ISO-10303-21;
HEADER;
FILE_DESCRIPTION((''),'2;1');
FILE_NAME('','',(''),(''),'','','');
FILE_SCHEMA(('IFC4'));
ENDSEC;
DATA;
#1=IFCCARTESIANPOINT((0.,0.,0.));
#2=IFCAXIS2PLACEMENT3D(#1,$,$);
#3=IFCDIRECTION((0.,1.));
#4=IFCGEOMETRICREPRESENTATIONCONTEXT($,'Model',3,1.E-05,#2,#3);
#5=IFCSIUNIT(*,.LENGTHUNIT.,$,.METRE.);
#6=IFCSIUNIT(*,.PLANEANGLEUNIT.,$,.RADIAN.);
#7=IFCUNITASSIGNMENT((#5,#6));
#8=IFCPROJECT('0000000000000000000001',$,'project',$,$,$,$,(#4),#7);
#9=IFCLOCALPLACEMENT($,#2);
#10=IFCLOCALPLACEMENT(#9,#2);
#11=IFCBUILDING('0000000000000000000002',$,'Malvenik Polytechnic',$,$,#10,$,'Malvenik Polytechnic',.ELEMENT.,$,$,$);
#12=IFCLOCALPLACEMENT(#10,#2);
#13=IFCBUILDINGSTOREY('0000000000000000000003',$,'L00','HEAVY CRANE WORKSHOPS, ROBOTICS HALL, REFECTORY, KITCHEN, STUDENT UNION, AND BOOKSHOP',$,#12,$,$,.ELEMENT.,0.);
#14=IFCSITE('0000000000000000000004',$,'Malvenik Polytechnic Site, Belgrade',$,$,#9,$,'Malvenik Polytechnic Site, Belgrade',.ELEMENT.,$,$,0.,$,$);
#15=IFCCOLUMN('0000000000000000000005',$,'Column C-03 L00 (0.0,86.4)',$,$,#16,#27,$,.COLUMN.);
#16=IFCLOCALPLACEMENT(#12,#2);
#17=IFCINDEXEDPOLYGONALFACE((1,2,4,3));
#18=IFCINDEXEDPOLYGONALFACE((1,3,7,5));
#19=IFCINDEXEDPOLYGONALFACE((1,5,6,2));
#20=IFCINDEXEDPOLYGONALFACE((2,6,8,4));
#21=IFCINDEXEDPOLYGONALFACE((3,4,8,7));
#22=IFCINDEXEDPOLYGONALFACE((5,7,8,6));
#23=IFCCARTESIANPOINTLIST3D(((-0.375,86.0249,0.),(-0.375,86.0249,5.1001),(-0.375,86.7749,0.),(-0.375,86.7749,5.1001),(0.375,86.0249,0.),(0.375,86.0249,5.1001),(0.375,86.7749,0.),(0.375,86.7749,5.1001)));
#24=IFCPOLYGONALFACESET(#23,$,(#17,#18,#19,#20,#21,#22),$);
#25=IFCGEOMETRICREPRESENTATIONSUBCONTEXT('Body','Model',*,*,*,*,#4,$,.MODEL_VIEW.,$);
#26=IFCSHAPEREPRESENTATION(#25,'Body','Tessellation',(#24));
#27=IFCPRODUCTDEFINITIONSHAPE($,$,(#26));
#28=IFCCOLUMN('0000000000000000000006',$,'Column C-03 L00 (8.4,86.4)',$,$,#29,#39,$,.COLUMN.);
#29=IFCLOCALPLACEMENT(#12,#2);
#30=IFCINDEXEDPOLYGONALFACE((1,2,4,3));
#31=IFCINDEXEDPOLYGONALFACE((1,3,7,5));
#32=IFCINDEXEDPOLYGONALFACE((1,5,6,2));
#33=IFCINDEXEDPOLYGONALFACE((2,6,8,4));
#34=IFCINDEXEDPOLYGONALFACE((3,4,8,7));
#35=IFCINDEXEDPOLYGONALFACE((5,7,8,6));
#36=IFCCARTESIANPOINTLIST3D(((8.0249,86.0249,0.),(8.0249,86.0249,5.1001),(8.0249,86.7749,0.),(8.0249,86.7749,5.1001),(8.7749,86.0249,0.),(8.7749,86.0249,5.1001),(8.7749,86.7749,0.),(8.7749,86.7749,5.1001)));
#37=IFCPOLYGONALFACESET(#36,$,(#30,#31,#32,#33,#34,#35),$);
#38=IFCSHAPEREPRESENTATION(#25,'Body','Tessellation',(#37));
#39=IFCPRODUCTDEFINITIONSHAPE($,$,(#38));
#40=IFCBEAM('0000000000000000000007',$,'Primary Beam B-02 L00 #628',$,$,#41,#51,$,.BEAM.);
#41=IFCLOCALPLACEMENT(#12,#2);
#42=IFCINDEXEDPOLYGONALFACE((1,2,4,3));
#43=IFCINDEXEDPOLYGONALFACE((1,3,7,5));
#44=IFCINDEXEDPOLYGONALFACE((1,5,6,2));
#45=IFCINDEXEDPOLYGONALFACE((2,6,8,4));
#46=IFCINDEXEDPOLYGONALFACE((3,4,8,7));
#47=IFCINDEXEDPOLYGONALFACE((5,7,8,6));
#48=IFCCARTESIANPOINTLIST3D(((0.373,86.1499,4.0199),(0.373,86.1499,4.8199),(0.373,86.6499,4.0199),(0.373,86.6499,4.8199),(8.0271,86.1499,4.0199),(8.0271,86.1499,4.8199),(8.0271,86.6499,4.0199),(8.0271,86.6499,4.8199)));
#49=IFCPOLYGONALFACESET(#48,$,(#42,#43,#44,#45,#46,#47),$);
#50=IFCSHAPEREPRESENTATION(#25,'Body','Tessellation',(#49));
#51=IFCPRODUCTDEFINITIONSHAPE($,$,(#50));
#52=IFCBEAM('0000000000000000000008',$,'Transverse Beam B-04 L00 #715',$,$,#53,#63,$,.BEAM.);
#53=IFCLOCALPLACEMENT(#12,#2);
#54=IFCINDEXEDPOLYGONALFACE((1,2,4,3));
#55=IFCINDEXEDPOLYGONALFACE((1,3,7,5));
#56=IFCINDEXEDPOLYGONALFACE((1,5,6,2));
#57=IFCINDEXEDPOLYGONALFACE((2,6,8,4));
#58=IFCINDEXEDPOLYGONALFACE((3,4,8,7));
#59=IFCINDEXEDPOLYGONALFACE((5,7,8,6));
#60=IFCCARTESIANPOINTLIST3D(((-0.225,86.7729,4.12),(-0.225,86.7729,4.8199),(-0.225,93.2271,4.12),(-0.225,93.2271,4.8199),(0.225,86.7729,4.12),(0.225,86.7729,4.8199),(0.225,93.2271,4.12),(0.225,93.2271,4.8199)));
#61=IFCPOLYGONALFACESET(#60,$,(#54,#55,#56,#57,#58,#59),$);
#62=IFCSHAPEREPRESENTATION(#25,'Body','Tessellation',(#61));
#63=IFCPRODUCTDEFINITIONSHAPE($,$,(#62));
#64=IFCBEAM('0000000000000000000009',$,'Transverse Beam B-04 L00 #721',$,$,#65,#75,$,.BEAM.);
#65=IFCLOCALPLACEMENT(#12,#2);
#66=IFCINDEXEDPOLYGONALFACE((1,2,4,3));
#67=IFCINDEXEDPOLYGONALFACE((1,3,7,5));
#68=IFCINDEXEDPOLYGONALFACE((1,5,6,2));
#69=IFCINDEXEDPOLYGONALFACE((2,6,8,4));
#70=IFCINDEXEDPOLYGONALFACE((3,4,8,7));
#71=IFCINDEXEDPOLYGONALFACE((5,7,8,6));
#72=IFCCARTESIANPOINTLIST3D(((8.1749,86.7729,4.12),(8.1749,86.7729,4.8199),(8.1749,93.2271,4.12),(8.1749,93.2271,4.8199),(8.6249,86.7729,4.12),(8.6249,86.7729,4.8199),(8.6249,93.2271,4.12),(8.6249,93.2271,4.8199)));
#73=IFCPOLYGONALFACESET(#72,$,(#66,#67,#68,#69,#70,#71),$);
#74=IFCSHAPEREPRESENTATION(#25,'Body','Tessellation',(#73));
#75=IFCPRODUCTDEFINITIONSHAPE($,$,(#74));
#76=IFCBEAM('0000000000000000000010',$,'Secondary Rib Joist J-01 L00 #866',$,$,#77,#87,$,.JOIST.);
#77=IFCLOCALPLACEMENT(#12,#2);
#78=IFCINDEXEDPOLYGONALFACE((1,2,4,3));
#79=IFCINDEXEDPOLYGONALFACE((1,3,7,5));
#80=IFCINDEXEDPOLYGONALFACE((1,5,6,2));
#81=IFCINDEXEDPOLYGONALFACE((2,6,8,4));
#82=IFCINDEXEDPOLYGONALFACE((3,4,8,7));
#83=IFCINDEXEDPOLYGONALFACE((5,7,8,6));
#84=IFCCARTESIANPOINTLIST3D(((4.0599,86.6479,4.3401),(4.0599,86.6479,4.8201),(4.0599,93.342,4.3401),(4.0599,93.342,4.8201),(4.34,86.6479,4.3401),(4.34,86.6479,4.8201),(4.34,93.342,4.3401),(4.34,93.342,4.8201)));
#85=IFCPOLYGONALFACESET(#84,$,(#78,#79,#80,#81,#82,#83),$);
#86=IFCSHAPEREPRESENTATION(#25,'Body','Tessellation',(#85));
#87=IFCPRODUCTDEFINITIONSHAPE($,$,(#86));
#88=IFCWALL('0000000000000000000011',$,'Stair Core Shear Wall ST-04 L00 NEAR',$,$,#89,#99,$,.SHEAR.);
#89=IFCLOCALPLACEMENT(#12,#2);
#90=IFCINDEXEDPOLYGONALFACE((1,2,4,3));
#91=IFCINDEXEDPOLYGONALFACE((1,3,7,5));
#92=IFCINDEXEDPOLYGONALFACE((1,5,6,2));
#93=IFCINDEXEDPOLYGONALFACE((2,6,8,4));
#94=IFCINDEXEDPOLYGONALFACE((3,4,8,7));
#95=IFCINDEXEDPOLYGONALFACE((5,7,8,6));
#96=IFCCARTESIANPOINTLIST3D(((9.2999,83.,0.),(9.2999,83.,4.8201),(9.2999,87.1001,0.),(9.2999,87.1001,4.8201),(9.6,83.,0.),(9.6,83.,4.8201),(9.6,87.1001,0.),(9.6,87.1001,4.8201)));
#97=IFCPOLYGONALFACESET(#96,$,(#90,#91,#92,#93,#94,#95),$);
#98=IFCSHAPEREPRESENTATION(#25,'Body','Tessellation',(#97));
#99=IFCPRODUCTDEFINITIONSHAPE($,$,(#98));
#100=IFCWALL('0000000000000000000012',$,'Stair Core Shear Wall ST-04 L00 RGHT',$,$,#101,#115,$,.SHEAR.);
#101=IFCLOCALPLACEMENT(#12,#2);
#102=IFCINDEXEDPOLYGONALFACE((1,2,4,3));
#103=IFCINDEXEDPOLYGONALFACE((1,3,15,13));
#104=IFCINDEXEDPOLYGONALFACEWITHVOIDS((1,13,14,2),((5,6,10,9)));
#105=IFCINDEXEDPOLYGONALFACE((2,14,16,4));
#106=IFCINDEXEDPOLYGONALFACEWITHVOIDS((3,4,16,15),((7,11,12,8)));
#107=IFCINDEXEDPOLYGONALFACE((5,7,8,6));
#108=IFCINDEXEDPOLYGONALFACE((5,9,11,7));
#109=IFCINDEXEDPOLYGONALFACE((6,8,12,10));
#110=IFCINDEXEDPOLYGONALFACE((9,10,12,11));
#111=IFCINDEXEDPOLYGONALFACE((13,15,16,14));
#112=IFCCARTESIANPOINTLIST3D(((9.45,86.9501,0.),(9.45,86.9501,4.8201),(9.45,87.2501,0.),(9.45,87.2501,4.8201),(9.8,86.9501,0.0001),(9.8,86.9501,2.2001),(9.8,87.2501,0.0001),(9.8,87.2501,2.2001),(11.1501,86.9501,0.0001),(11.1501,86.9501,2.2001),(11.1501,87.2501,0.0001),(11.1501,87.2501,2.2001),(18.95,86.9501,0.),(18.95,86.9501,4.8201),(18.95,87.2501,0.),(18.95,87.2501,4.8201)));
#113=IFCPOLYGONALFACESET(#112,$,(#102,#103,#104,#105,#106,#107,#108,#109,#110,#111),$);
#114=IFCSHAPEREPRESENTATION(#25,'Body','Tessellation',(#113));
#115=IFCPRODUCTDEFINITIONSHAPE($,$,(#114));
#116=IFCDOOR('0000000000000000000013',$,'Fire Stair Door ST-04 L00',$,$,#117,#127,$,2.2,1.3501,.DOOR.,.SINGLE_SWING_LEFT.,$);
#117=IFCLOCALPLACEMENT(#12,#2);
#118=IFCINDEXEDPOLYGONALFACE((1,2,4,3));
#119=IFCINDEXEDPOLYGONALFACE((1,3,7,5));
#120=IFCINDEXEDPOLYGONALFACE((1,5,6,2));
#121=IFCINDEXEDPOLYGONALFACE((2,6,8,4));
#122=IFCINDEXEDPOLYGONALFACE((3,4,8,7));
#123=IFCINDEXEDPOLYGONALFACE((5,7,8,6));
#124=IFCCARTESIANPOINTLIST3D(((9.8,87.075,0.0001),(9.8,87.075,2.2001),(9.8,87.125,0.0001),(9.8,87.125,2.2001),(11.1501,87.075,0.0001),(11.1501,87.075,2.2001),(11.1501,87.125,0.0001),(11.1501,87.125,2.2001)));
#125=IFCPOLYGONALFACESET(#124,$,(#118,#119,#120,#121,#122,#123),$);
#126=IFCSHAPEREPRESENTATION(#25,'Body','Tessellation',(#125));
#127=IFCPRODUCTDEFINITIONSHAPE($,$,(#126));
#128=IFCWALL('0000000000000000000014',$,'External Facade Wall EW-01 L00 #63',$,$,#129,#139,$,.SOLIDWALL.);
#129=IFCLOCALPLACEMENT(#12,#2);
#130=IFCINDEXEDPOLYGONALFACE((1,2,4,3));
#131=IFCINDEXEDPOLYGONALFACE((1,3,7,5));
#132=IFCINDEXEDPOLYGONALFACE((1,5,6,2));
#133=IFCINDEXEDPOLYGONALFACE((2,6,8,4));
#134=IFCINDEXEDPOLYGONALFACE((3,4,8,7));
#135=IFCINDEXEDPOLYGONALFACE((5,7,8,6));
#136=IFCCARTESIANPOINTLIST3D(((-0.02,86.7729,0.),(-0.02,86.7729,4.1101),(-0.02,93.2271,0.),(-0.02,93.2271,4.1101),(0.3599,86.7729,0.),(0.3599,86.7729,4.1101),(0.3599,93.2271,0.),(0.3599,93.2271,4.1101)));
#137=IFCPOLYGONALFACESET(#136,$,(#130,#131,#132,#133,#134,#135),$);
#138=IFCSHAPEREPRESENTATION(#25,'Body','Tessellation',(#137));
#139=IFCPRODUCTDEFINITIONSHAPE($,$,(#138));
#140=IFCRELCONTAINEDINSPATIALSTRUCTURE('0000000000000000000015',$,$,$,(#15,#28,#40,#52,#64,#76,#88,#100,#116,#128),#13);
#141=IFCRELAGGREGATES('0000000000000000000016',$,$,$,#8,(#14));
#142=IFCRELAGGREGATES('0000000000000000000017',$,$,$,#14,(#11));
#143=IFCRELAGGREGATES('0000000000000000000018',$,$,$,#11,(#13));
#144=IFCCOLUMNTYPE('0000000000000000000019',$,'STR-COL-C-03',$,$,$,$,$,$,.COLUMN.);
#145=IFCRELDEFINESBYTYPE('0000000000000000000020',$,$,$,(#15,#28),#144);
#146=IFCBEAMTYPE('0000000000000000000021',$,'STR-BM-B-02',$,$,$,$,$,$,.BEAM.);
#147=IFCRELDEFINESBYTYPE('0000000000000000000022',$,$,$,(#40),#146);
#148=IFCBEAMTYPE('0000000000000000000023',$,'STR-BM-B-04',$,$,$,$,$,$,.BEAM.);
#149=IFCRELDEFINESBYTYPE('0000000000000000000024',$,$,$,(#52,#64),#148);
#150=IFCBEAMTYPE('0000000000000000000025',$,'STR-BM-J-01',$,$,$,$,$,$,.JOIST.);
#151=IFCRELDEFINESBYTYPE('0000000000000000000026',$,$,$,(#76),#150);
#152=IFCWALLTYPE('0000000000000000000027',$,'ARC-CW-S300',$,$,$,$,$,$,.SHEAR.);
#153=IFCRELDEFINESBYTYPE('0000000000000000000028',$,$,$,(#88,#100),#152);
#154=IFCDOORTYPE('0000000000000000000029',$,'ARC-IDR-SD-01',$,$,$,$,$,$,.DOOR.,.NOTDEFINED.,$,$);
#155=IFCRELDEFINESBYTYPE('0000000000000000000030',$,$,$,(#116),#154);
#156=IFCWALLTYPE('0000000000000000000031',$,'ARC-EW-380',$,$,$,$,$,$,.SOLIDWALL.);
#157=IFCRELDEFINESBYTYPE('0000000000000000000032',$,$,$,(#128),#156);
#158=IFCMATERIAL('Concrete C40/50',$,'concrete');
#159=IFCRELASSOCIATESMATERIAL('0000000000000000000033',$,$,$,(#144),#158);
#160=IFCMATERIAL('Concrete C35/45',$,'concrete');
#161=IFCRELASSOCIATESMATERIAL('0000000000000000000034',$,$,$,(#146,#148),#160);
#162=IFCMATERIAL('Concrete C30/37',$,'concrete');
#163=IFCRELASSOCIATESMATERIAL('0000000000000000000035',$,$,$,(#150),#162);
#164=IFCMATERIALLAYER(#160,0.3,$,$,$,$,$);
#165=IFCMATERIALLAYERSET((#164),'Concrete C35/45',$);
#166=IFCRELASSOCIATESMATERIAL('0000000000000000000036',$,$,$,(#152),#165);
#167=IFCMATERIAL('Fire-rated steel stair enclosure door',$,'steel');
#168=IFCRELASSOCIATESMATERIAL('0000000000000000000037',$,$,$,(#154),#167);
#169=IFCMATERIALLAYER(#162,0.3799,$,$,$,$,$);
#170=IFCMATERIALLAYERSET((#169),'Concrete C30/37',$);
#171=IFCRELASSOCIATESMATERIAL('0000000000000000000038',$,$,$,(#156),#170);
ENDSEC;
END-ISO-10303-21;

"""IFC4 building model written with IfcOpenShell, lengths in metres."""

from ifc_helpers import new_model, si_unit, direction, frame, frame_2d, origin, origin_2d, place, context, subcontext, project, spatial, rectangle, extrude, material, layer, layer_set, material_profile, profile_set, type_object, element, fill, save


model = new_model("IFC4")

# Units and contexts
model_context = context("Model", 3, precision=1e-05, world=origin(), true_north=direction((0.0, 1.0)))
body_context = subcontext(model_context, "Body", "Model", "MODEL_VIEW")
ifc_project = project(units=[si_unit("LENGTHUNIT", "METRE"), si_unit("PLANEANGLEUNIT", "RADIAN")], contexts=[model_context])

# Site, building, storey
site_placement = place(None, origin())
site = spatial("IfcSite", under=ifc_project, at=site_placement, Name="Malvenik Polytechnic Site, Belgrade", LongName="Malvenik Polytechnic Site, Belgrade", CompositionType="ELEMENT", RefElevation=0.0)
building_placement = place(site_placement, origin())
building = spatial("IfcBuilding", under=site, at=building_placement, Name="Malvenik Polytechnic", LongName="Malvenik Polytechnic", CompositionType="ELEMENT")
storey_placement = place(building_placement, origin())
storey = spatial("IfcBuildingStorey", under=building, at=storey_placement, Name="L00", Description="HEAVY CRANE WORKSHOPS, ROBOTICS HALL, REFECTORY, KITCHEN, STUDENT UNION, AND BOOKSHOP", CompositionType="ELEMENT", Elevation=0.0)

# Columns
ifc_material_1 = material(Name="Concrete C40/50", Category="concrete")
ifc_material_profile_1 = material_profile(ifc_material_1, rectangle(XDim=0.75, YDim=0.75, at=origin_2d()), Name="RC COL 750x750")
ifc_profile_set_1 = profile_set([ifc_material_profile_1], Name="Concrete C40/50")
column_type = type_object("IfcColumnType", Name="STR-COL-C-03", PredefinedType="COLUMN", material=ifc_profile_set_1)
for number, where, z_axis, x_axis, name in (
    (1, (0.0, 86.3999, 0.0), (0.0, 0.0, 1.0), (1.0, 0.0, 0.0), "Column C-03 L00 (0.0,86.4)"),
    (2, (8.3999, 86.3999, 0.0), (0.0, 0.0, 1.0), (1.0, 0.0, 0.0), "Column C-03 L00 (8.4,86.4)"),
):
    element("IfcColumn", number, at=place(storey_placement, frame(where, z_axis=z_axis, x_axis=x_axis)), inside=storey, type_object=column_type, Name=name, PredefinedType="COLUMN", context=body_context, shape_type="SweptSolid", body=[
        extrude(rectangle(XDim=0.75, YDim=0.75, at=origin_2d()), origin(), (0.0, 0.0, 1.0), 5.1001),
    ])

# Beams
ifc_material_2 = material(Name="Concrete C35/45", Category="concrete")
ifc_material_profile_2 = material_profile(ifc_material_2, rectangle(XDim=0.5, YDim=0.8, at=origin_2d()), Name="RC BM 500x800")
ifc_profile_set_2 = profile_set([ifc_material_profile_2], Name="Concrete C35/45")
beam_type_1 = type_object("IfcBeamType", Name="STR-BM-B-02", PredefinedType="BEAM", material=ifc_profile_set_2)
beam_1_placement = place(storey_placement, frame((0.373, 86.3999, 4.4199), z_axis=(1.0, 0.0, 0.0), x_axis=(0.0, 1.0, 0.0)))
element("IfcBeam", 3, at=beam_1_placement, inside=storey, type_object=beam_type_1, Name="Primary Beam B-02 L00 #628", PredefinedType="BEAM", context=body_context, shape_type="SweptSolid", body=[
    extrude(rectangle(XDim=0.5, YDim=0.8, at=origin_2d()), origin(), (0.0, 0.0, 1.0), 7.6541),
])
ifc_material_profile_3 = material_profile(ifc_material_2, rectangle(XDim=0.45, YDim=0.7, at=origin_2d()), Name="RC BM 450x700")
ifc_profile_set_3 = profile_set([ifc_material_profile_3], Name="Concrete C35/45")
beam_type_2 = type_object("IfcBeamType", Name="STR-BM-B-04", PredefinedType="BEAM", material=ifc_profile_set_3)
for number, where, z_axis, x_axis, name in (
    (4, (0.0, 86.7729, 4.47), (0.0, 1.0, 0.0), (-1.0, 0.0, 0.0), "Transverse Beam B-04 L00 #715"),
    (5, (8.3999, 86.7729, 4.47), (0.0, 1.0, 0.0), (-1.0, 0.0, 0.0), "Transverse Beam B-04 L00 #721"),
):
    element("IfcBeam", number, at=place(storey_placement, frame(where, z_axis=z_axis, x_axis=x_axis)), inside=storey, type_object=beam_type_2, Name=name, PredefinedType="BEAM", context=body_context, shape_type="SweptSolid", body=[
        extrude(rectangle(XDim=0.45, YDim=0.7, at=origin_2d()), origin(), (0.0, 0.0, 1.0), 6.4541),
    ])
ifc_material_3 = material(Name="Concrete C30/37", Category="concrete")
ifc_material_profile_4 = material_profile(ifc_material_3, rectangle(XDim=0.28, YDim=0.48, at=origin_2d()), Name="RC JST 280x480")
ifc_profile_set_4 = profile_set([ifc_material_profile_4], Name="Concrete C30/37")
beam_type_3 = type_object("IfcBeamType", Name="STR-BM-J-01", PredefinedType="JOIST", material=ifc_profile_set_4)
beam_2_placement = place(storey_placement, frame((4.2, 86.6479, 4.5801), z_axis=(0.0, 1.0, 0.0), x_axis=(-1.0, 0.0, 0.0)))
element("IfcBeam", 6, at=beam_2_placement, inside=storey, type_object=beam_type_3, Name="Secondary Rib Joist J-01 L00 #866", PredefinedType="JOIST", context=body_context, shape_type="SweptSolid", body=[
    extrude(rectangle(XDim=0.28, YDim=0.48, at=origin_2d()), origin(), (0.0, 0.0, 1.0), 6.6941),
])

# Wall
ifc_layer_1 = layer(ifc_material_2, 0.3)
ifc_layer_set_1 = layer_set([ifc_layer_1], Name="Concrete C35/45")
wall_type_1 = type_object("IfcWallType", Name="ARC-CW-S300", PredefinedType="SHEAR", material=ifc_layer_set_1)
wall_1_placement = place(storey_placement, frame((9.45, 83.0, 0.0), z_axis=(0.0, 0.0, 1.0), x_axis=(0.0, 1.0, 0.0)))
element("IfcWall", 7, at=wall_1_placement, inside=storey, type_object=wall_type_1, Name="Stair Core Shear Wall ST-04 L00 NEAR", PredefinedType="SHEAR", context=body_context, shape_type="SweptSolid", body=[
    extrude(rectangle(XDim=4.1001, YDim=0.3, at=frame_2d((2.05, 0.0))), origin(), (0.0, 0.0, 1.0), 4.8201),
])

# Wall, opening, door
wall_2_placement = place(storey_placement, frame((9.45, 87.1001, 0.0), z_axis=(0.0, 0.0, 1.0), x_axis=(1.0, 0.0, 0.0)))
wall_2 = element("IfcWall", 8, at=wall_2_placement, inside=storey, type_object=wall_type_1, Name="Stair Core Shear Wall ST-04 L00 RGHT", PredefinedType="SHEAR", context=body_context, shape_type="SweptSolid", body=[
    extrude(rectangle(XDim=9.5, YDim=0.3, at=frame_2d((4.75, 0.0))), origin(), (0.0, 0.0, 1.0), 4.8201),
])
opening_1_placement = place(wall_2_placement, frame((0.3501, 0.0, 0.0)))
opening_1 = element("IfcOpeningElement", 9, at=opening_1_placement, cuts=wall_2, PredefinedType="OPENING", context=body_context, shape_type="SweptSolid", body=[
    extrude(rectangle(XDim=1.3501, YDim=2.2, at=frame_2d((0.675, 1.1001))), frame((0.0, 0.1602, 0.0), z_axis=(0.0, -1.0, 0.0), x_axis=(1.0, 0.0, 0.0)), (0.0, 0.0, 1.0), 0.3201),
])
ifc_material_4 = material(Name="Fire-rated steel stair enclosure door", Category="steel")
door_type_1 = type_object("IfcDoorType", Name="ARC-IDR-SD-01", OperationType="NOTDEFINED", PredefinedType="DOOR", material=ifc_material_4)
door_1_placement = place(opening_1_placement, origin())
door_1 = element("IfcDoor", 10, at=door_1_placement, inside=storey, type_object=door_type_1, Name="Fire Stair Door ST-04 L00", OperationType="SINGLE_SWING_LEFT", OverallHeight=2.2, OverallWidth=1.3501, PredefinedType="DOOR", context=body_context, shape_type="SweptSolid", body=[
    extrude(rectangle(XDim=1.3501, YDim=2.2, at=frame_2d((0.675, 1.1001))), frame((0.0, 0.0249, 0.0), z_axis=(0.0, -1.0, 0.0), x_axis=(1.0, 0.0, 0.0)), (0.0, 0.0, 1.0), 0.05),
])
fill(opening_1, door_1)

# Wall
ifc_layer_2 = layer(ifc_material_3, 0.3799)
ifc_layer_set_2 = layer_set([ifc_layer_2], Name="Concrete C30/37")
wall_type_2 = type_object("IfcWallType", Name="ARC-EW-380", PredefinedType="SOLIDWALL", material=ifc_layer_set_2)
wall_3_placement = place(storey_placement, frame((0.1699, 86.7729, 0.0), z_axis=(0.0, 0.0, 1.0), x_axis=(0.0, 1.0, 0.0)))
element("IfcWall", 11, at=wall_3_placement, inside=storey, type_object=wall_type_2, Name="External Facade Wall EW-01 L00 #63", PredefinedType="SOLIDWALL", context=body_context, shape_type="SweptSolid", body=[
    extrude(rectangle(XDim=6.4541, YDim=0.3799, at=frame_2d((3.2271, 0.0))), origin(), (0.0, 0.0, 1.0), 4.1101),
])

save(model, "model.ifc")
